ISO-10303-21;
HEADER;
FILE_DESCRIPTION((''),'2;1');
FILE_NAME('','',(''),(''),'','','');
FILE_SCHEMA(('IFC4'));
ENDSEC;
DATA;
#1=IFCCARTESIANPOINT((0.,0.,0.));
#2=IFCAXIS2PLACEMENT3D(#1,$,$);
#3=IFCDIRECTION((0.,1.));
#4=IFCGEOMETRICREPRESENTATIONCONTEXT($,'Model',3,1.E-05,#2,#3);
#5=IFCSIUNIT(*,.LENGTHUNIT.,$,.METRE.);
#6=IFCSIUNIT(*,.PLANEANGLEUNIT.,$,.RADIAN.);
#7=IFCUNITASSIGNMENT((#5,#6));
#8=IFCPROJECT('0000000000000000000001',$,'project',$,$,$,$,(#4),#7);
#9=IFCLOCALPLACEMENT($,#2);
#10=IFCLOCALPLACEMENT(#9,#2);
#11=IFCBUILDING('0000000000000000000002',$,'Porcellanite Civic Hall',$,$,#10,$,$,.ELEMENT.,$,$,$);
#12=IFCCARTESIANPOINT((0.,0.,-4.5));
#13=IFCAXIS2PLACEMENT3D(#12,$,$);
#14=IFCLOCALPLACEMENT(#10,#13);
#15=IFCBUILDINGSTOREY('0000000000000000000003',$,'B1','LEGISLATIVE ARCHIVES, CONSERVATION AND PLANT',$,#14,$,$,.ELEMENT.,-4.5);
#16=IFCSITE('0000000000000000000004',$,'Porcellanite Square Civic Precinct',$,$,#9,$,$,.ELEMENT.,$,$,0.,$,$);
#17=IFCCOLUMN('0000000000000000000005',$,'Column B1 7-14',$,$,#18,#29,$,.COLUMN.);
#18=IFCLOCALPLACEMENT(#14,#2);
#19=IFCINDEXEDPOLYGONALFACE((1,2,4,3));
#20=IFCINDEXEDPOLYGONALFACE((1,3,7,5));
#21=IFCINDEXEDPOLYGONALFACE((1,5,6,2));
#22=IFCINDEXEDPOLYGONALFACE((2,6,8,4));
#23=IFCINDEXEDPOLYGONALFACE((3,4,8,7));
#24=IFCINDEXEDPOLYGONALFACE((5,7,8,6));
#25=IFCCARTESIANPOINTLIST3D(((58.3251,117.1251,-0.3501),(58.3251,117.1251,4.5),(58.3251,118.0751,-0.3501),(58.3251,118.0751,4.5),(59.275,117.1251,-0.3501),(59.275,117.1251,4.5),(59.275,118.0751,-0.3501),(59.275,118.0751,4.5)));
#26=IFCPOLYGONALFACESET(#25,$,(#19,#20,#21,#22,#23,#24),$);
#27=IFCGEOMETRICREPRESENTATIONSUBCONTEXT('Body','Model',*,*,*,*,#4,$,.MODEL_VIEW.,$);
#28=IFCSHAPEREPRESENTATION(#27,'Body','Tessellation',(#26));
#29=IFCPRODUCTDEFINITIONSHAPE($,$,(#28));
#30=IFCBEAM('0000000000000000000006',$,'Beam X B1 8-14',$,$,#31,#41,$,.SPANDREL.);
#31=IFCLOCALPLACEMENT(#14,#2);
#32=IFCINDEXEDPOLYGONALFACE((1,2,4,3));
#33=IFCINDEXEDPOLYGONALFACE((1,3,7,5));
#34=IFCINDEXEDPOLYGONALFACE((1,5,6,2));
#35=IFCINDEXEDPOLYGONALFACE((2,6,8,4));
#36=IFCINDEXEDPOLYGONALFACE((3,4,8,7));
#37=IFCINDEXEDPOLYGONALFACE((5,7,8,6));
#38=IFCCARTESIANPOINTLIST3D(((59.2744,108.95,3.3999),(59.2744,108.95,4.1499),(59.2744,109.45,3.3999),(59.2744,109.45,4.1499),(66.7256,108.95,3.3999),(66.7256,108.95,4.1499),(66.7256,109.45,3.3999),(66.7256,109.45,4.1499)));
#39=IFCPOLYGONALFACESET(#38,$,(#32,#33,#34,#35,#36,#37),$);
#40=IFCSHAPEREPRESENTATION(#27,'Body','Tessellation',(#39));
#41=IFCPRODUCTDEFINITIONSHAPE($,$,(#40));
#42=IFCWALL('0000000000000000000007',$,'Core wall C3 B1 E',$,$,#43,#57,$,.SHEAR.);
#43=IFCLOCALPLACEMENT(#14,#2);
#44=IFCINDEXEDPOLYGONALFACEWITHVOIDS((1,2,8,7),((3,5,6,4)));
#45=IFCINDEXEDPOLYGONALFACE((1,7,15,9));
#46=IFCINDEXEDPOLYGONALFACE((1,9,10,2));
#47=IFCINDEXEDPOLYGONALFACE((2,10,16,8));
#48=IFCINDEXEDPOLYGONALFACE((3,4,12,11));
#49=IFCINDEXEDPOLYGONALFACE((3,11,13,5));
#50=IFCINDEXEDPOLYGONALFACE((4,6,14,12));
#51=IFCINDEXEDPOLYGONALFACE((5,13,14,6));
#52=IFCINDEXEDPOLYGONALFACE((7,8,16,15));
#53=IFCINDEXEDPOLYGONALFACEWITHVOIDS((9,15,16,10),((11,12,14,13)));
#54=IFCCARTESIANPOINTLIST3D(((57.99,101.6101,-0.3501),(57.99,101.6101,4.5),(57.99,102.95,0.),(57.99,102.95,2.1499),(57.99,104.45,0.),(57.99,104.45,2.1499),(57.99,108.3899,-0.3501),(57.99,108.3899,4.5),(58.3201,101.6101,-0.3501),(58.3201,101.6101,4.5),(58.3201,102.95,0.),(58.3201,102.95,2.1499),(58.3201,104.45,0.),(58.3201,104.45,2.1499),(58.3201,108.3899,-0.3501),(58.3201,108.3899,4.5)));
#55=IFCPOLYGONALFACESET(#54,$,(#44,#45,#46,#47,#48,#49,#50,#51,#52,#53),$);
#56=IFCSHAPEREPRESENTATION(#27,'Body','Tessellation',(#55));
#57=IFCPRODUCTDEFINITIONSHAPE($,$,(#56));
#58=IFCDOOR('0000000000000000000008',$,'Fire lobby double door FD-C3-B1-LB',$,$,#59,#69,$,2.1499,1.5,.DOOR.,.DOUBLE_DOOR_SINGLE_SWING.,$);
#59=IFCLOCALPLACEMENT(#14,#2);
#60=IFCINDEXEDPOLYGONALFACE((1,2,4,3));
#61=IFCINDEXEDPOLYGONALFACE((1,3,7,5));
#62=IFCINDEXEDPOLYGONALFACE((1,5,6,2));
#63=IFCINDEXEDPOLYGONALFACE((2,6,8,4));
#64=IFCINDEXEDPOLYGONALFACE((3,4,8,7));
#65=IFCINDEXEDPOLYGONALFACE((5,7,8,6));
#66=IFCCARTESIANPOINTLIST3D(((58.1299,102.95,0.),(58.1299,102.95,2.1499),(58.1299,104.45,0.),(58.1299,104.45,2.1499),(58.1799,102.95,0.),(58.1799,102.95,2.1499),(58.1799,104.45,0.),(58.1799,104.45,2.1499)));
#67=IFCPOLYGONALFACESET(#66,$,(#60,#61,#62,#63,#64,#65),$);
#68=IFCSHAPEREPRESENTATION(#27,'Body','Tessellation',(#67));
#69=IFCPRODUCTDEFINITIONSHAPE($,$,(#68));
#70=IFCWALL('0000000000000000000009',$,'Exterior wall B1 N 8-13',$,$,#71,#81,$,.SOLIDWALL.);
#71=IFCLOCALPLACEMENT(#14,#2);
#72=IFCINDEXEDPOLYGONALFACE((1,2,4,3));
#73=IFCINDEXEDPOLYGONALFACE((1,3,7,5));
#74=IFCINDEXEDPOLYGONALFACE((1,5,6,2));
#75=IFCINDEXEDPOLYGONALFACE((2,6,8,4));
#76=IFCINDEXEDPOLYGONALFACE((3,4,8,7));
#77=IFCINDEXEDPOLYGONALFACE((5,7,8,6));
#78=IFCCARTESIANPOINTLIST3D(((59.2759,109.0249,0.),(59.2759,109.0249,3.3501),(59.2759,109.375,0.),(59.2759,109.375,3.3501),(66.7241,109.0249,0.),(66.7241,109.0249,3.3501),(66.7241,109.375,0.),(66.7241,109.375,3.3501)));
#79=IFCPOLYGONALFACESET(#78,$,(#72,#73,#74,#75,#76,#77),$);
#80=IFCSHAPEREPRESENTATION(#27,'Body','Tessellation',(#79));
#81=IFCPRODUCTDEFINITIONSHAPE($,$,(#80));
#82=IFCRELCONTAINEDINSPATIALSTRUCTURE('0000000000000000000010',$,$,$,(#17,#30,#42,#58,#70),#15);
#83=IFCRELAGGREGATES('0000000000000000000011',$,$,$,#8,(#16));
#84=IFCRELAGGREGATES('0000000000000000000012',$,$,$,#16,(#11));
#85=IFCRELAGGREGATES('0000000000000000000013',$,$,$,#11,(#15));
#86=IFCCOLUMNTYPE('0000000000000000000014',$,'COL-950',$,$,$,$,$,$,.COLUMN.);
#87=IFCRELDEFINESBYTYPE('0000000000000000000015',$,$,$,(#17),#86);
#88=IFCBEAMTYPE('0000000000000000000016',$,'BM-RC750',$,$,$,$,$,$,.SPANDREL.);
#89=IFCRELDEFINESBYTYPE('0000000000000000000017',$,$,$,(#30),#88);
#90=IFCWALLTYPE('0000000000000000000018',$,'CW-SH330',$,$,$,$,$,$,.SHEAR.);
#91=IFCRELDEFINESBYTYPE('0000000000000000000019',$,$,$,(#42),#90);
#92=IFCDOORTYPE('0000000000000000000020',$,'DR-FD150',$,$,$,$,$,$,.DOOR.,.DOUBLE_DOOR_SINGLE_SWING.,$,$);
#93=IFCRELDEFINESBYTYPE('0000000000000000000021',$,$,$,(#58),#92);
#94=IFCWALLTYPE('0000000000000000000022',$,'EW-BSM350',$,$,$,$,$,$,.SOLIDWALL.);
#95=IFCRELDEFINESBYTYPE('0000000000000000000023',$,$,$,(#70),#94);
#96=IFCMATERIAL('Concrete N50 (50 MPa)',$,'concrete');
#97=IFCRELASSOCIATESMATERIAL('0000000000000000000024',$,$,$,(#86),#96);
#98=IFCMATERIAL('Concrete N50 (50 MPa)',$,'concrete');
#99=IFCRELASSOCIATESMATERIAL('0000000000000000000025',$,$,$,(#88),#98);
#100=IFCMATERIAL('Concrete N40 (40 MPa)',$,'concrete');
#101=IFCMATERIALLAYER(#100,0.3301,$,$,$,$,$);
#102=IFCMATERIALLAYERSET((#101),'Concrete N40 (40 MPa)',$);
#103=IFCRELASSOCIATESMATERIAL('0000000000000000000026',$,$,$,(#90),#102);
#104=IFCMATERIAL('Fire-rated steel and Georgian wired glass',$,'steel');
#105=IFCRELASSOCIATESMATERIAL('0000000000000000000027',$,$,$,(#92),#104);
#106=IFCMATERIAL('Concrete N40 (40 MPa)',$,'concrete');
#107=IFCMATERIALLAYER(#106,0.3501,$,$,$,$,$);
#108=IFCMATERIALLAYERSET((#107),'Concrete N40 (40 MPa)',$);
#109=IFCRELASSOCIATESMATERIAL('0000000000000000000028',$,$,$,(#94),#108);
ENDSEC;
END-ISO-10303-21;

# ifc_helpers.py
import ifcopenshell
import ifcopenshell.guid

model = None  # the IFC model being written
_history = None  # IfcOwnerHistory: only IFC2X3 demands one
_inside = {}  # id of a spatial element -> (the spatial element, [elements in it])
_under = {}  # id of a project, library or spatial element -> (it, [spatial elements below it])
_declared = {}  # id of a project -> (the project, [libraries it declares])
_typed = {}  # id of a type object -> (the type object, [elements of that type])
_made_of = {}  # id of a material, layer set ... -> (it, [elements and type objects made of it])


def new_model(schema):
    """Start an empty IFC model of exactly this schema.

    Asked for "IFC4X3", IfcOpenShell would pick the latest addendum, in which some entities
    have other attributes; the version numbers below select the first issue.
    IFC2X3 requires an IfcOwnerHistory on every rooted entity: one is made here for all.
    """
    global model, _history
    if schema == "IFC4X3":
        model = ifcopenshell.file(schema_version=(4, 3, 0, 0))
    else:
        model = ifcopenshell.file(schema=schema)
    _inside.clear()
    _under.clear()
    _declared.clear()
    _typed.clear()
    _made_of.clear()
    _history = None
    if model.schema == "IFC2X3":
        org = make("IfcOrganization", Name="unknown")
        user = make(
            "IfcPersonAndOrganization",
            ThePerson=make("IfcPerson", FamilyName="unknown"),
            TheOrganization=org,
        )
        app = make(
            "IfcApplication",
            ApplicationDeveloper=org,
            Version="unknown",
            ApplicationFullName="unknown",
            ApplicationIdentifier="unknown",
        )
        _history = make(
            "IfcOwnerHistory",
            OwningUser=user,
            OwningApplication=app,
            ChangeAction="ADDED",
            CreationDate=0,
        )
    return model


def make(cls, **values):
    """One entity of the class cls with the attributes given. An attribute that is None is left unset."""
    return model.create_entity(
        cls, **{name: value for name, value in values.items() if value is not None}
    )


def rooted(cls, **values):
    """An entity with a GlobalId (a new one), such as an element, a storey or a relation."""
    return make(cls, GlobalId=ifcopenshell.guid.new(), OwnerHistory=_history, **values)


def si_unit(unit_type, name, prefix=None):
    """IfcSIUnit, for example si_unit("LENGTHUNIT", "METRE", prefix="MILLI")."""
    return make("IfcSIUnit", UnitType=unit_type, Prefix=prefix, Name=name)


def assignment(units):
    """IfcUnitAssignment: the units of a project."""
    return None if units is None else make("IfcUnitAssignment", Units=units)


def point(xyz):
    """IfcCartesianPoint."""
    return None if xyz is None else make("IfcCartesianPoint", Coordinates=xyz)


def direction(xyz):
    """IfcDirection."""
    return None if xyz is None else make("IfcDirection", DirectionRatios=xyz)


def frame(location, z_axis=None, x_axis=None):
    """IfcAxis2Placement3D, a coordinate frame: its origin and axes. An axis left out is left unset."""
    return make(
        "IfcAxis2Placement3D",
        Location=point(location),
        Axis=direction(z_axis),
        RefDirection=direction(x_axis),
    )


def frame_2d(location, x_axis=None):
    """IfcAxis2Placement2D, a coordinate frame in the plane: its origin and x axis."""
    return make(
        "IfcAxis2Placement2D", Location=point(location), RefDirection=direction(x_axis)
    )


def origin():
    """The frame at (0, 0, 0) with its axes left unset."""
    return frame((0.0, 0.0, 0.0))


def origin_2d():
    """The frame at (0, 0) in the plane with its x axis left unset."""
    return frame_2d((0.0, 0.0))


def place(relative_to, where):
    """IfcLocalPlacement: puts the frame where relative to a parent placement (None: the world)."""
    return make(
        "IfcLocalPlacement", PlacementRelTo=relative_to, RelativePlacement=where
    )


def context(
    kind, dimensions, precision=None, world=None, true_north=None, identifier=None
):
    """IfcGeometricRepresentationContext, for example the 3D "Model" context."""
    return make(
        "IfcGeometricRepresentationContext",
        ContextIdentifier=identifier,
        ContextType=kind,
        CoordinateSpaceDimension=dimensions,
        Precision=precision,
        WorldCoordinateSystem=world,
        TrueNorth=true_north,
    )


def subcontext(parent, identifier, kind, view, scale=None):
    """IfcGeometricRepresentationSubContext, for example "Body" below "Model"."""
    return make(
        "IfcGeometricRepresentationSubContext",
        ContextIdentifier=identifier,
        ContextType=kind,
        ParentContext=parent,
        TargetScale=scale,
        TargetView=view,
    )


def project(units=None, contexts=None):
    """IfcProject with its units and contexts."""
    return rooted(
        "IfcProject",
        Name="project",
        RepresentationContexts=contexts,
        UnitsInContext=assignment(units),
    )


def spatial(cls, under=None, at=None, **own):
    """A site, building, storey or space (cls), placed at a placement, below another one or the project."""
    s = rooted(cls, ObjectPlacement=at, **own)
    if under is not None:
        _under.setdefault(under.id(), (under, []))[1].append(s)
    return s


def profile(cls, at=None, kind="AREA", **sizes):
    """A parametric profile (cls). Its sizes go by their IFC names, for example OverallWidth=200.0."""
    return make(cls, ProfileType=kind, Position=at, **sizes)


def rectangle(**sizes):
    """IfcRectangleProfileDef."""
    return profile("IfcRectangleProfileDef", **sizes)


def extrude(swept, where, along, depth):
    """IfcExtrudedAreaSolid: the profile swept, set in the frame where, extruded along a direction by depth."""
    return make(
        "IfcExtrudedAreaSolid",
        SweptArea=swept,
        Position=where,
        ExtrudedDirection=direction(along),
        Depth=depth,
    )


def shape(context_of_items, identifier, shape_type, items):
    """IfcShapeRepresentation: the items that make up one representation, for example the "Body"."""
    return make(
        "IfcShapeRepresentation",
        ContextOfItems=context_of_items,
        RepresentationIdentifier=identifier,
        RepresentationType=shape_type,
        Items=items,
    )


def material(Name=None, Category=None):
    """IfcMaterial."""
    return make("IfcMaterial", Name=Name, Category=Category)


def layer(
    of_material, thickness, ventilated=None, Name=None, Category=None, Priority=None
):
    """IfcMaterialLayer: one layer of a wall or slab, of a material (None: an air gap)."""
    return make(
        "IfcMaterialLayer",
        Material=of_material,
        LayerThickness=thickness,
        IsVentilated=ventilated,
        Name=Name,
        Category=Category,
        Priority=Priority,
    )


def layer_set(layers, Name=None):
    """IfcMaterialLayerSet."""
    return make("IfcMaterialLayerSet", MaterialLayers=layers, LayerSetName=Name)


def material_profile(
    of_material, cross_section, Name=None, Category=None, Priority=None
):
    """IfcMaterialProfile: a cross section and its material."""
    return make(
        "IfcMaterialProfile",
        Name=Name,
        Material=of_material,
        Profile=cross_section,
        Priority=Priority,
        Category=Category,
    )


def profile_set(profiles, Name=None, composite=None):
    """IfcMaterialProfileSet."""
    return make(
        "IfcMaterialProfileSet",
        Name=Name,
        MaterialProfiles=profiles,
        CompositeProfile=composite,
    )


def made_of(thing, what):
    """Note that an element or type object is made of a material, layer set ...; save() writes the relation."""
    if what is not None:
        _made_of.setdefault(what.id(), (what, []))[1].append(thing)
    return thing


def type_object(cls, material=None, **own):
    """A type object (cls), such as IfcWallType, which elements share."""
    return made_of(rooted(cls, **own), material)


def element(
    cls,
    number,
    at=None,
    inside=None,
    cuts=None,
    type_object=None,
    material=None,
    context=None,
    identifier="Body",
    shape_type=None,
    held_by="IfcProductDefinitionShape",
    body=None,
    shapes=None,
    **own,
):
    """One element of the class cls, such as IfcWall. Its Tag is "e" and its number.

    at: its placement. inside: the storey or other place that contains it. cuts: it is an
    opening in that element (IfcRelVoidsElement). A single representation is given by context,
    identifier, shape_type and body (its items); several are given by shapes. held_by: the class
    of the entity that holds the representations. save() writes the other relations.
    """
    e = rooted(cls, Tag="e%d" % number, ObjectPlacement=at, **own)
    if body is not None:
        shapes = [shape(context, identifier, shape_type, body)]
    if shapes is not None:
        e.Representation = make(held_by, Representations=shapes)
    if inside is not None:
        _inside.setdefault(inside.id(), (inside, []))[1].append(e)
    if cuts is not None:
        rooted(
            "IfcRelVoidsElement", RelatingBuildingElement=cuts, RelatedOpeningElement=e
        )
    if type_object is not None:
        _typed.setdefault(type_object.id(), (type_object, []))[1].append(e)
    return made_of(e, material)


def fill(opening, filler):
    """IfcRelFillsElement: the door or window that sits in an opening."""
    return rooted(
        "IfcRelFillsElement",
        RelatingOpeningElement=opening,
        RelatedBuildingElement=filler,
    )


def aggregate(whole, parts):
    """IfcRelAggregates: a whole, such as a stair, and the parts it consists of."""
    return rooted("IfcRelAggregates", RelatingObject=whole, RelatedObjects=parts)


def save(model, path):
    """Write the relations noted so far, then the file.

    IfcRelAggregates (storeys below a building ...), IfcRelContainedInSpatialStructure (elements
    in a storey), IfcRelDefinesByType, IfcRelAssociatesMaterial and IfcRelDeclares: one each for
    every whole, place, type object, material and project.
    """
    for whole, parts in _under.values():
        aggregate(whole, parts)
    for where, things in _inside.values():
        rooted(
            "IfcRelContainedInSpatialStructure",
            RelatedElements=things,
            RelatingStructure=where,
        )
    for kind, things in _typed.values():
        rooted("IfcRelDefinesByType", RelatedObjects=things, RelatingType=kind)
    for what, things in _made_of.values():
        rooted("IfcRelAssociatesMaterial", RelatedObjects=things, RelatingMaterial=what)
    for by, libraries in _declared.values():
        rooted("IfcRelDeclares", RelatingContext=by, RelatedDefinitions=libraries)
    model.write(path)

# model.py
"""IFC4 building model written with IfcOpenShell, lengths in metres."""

from ifc_helpers import new_model, si_unit, direction, frame, frame_2d, origin, origin_2d, place, context, subcontext, project, spatial, rectangle, extrude, material, layer, layer_set, material_profile, profile_set, type_object, element, fill, save


model = new_model("IFC4")

# Units and contexts
model_context = context("Model", 3, precision=1e-05, world=origin(), true_north=direction((0.0, 1.0)))
body_context = subcontext(model_context, "Body", "Model", "MODEL_VIEW")
ifc_project = project(units=[si_unit("LENGTHUNIT", "METRE"), si_unit("PLANEANGLEUNIT", "RADIAN")], contexts=[model_context])

# Site, building, storey
site_placement = place(None, origin())
site = spatial("IfcSite", under=ifc_project, at=site_placement, Name="Porcellanite Square Civic Precinct", CompositionType="ELEMENT", RefElevation=0.0)
building_placement = place(site_placement, origin())
building = spatial("IfcBuilding", under=site, at=building_placement, Name="Porcellanite Civic Hall", CompositionType="ELEMENT")
storey_placement = place(building_placement, frame((0.0, 0.0, -4.5)))
storey = spatial("IfcBuildingStorey", under=building, at=storey_placement, Name="B1", Description="LEGISLATIVE ARCHIVES, CONSERVATION AND PLANT", CompositionType="ELEMENT", Elevation=-4.5)

# Column
ifc_material_1 = material(Name="Concrete N50 (50 MPa)", Category="concrete")
ifc_material_profile_1 = material_profile(ifc_material_1, rectangle(XDim=0.95, YDim=0.95, at=origin_2d()), Name="RC-950x950")
ifc_profile_set_1 = profile_set([ifc_material_profile_1], Name="Concrete N50 (50 MPa)")
column_type = type_object("IfcColumnType", Name="COL-950", PredefinedType="COLUMN", material=ifc_profile_set_1)
for number, where, z_axis, x_axis, name in (
    (1, (58.8, 117.6001, -0.3501), (0.0, 0.0, 1.0), (1.0, 0.0, 0.0), "Column B1 7-14"),
):
    element("IfcColumn", number, at=place(storey_placement, frame(where, z_axis=z_axis, x_axis=x_axis)), inside=storey, type_object=column_type, Name=name, PredefinedType="COLUMN", context=body_context, shape_type="SweptSolid", body=[
        extrude(rectangle(XDim=0.95, YDim=0.95, at=origin_2d()), origin(), (0.0, 0.0, 1.0), 4.8501),
    ])

# Beam
ifc_material_2 = material(Name="Concrete N50 (50 MPa)", Category="concrete")
ifc_material_profile_2 = material_profile(ifc_material_2, rectangle(XDim=0.5, YDim=0.75, at=origin_2d()), Name="RC-500x750")
ifc_profile_set_2 = profile_set([ifc_material_profile_2], Name="Concrete N50 (50 MPa)")
beam_type = type_object("IfcBeamType", Name="BM-RC750", PredefinedType="SPANDREL", material=ifc_profile_set_2)
beam_placement = place(storey_placement, frame((59.2744, 109.2, 3.7749), z_axis=(1.0, 0.0, 0.0), x_axis=(0.0, 1.0, 0.0)))
element("IfcBeam", 2, at=beam_placement, inside=storey, type_object=beam_type, Name="Beam X B1 8-14", PredefinedType="SPANDREL", context=body_context, shape_type="SweptSolid", body=[
    extrude(rectangle(XDim=0.5, YDim=0.75, at=origin_2d()), origin(), (0.0, 0.0, 1.0), 7.4512),
])

# Wall, opening, door
ifc_material_3 = material(Name="Concrete N40 (40 MPa)", Category="concrete")
ifc_layer_1 = layer(ifc_material_3, 0.3301)
ifc_layer_set_1 = layer_set([ifc_layer_1], Name="Concrete N40 (40 MPa)")
wall_type_1 = type_object("IfcWallType", Name="CW-SH330", PredefinedType="SHEAR", material=ifc_layer_set_1)
wall_1_placement = place(storey_placement, frame((58.155, 108.3899, -0.3501), z_axis=(0.0, 0.0, 1.0), x_axis=(0.0, -1.0, 0.0)))
wall_1 = element("IfcWall", 3, at=wall_1_placement, inside=storey, type_object=wall_type_1, Name="Core wall C3 B1 E", PredefinedType="SHEAR", context=body_context, shape_type="SweptSolid", body=[
    extrude(rectangle(XDim=6.7798, YDim=0.3301, at=frame_2d((3.3899, 0.0))), origin(), (0.0, 0.0, 1.0), 4.8501),
])
opening_placement = place(wall_1_placement, frame((3.9399, 0.0, 0.3501)))
opening = element("IfcOpeningElement", 4, at=opening_placement, cuts=wall_1, PredefinedType="OPENING", context=body_context, shape_type="SweptSolid", body=[
    extrude(rectangle(XDim=1.5, YDim=2.1499, at=frame_2d((0.75, 1.075))), frame((0.0, 0.165, 0.0), z_axis=(0.0, -1.0, 0.0), x_axis=(1.0, 0.0, 0.0)), (0.0, 0.0, 1.0), 0.3301),
])
ifc_material_4 = material(Name="Fire-rated steel and Georgian wired glass", Category="steel")
door_type = type_object("IfcDoorType", Name="DR-FD150", OperationType="DOUBLE_DOOR_SINGLE_SWING", PredefinedType="DOOR", material=ifc_material_4)
door_placement = place(opening_placement, origin())
door = element("IfcDoor", 5, at=door_placement, inside=storey, type_object=door_type, Name="Fire lobby double door FD-C3-B1-LB", OperationType="DOUBLE_DOOR_SINGLE_SWING", OverallHeight=2.1499, OverallWidth=1.5, PredefinedType="DOOR", context=body_context, shape_type="SweptSolid", body=[
    extrude(rectangle(XDim=1.5, YDim=2.1499, at=frame_2d((0.75, 1.075))), frame((0.0, 0.0249, 0.0), z_axis=(0.0, -1.0, 0.0), x_axis=(1.0, 0.0, 0.0)), (0.0, 0.0, 1.0), 0.05),
])
fill(opening, door)

# Wall
ifc_material_5 = material(Name="Concrete N40 (40 MPa)", Category="concrete")
ifc_layer_2 = layer(ifc_material_5, 0.3501)
ifc_layer_set_2 = layer_set([ifc_layer_2], Name="Concrete N40 (40 MPa)")
wall_type_2 = type_object("IfcWallType", Name="EW-BSM350", PredefinedType="SOLIDWALL", material=ifc_layer_set_2)
wall_2_placement = place(storey_placement, frame((59.2759, 109.2, 0.0), z_axis=(0.0, 0.0, 1.0), x_axis=(1.0, 0.0, 0.0)))
element("IfcWall", 6, at=wall_2_placement, inside=storey, type_object=wall_type_2, Name="Exterior wall B1 N 8-13", PredefinedType="SOLIDWALL", context=body_context, shape_type="SweptSolid", body=[
    extrude(rectangle(XDim=7.4482, YDim=0.3501, at=frame_2d((3.7241, 0.0))), origin(), (0.0, 0.0, 1.0), 3.3501),
])

save(model, "model.ifc")
